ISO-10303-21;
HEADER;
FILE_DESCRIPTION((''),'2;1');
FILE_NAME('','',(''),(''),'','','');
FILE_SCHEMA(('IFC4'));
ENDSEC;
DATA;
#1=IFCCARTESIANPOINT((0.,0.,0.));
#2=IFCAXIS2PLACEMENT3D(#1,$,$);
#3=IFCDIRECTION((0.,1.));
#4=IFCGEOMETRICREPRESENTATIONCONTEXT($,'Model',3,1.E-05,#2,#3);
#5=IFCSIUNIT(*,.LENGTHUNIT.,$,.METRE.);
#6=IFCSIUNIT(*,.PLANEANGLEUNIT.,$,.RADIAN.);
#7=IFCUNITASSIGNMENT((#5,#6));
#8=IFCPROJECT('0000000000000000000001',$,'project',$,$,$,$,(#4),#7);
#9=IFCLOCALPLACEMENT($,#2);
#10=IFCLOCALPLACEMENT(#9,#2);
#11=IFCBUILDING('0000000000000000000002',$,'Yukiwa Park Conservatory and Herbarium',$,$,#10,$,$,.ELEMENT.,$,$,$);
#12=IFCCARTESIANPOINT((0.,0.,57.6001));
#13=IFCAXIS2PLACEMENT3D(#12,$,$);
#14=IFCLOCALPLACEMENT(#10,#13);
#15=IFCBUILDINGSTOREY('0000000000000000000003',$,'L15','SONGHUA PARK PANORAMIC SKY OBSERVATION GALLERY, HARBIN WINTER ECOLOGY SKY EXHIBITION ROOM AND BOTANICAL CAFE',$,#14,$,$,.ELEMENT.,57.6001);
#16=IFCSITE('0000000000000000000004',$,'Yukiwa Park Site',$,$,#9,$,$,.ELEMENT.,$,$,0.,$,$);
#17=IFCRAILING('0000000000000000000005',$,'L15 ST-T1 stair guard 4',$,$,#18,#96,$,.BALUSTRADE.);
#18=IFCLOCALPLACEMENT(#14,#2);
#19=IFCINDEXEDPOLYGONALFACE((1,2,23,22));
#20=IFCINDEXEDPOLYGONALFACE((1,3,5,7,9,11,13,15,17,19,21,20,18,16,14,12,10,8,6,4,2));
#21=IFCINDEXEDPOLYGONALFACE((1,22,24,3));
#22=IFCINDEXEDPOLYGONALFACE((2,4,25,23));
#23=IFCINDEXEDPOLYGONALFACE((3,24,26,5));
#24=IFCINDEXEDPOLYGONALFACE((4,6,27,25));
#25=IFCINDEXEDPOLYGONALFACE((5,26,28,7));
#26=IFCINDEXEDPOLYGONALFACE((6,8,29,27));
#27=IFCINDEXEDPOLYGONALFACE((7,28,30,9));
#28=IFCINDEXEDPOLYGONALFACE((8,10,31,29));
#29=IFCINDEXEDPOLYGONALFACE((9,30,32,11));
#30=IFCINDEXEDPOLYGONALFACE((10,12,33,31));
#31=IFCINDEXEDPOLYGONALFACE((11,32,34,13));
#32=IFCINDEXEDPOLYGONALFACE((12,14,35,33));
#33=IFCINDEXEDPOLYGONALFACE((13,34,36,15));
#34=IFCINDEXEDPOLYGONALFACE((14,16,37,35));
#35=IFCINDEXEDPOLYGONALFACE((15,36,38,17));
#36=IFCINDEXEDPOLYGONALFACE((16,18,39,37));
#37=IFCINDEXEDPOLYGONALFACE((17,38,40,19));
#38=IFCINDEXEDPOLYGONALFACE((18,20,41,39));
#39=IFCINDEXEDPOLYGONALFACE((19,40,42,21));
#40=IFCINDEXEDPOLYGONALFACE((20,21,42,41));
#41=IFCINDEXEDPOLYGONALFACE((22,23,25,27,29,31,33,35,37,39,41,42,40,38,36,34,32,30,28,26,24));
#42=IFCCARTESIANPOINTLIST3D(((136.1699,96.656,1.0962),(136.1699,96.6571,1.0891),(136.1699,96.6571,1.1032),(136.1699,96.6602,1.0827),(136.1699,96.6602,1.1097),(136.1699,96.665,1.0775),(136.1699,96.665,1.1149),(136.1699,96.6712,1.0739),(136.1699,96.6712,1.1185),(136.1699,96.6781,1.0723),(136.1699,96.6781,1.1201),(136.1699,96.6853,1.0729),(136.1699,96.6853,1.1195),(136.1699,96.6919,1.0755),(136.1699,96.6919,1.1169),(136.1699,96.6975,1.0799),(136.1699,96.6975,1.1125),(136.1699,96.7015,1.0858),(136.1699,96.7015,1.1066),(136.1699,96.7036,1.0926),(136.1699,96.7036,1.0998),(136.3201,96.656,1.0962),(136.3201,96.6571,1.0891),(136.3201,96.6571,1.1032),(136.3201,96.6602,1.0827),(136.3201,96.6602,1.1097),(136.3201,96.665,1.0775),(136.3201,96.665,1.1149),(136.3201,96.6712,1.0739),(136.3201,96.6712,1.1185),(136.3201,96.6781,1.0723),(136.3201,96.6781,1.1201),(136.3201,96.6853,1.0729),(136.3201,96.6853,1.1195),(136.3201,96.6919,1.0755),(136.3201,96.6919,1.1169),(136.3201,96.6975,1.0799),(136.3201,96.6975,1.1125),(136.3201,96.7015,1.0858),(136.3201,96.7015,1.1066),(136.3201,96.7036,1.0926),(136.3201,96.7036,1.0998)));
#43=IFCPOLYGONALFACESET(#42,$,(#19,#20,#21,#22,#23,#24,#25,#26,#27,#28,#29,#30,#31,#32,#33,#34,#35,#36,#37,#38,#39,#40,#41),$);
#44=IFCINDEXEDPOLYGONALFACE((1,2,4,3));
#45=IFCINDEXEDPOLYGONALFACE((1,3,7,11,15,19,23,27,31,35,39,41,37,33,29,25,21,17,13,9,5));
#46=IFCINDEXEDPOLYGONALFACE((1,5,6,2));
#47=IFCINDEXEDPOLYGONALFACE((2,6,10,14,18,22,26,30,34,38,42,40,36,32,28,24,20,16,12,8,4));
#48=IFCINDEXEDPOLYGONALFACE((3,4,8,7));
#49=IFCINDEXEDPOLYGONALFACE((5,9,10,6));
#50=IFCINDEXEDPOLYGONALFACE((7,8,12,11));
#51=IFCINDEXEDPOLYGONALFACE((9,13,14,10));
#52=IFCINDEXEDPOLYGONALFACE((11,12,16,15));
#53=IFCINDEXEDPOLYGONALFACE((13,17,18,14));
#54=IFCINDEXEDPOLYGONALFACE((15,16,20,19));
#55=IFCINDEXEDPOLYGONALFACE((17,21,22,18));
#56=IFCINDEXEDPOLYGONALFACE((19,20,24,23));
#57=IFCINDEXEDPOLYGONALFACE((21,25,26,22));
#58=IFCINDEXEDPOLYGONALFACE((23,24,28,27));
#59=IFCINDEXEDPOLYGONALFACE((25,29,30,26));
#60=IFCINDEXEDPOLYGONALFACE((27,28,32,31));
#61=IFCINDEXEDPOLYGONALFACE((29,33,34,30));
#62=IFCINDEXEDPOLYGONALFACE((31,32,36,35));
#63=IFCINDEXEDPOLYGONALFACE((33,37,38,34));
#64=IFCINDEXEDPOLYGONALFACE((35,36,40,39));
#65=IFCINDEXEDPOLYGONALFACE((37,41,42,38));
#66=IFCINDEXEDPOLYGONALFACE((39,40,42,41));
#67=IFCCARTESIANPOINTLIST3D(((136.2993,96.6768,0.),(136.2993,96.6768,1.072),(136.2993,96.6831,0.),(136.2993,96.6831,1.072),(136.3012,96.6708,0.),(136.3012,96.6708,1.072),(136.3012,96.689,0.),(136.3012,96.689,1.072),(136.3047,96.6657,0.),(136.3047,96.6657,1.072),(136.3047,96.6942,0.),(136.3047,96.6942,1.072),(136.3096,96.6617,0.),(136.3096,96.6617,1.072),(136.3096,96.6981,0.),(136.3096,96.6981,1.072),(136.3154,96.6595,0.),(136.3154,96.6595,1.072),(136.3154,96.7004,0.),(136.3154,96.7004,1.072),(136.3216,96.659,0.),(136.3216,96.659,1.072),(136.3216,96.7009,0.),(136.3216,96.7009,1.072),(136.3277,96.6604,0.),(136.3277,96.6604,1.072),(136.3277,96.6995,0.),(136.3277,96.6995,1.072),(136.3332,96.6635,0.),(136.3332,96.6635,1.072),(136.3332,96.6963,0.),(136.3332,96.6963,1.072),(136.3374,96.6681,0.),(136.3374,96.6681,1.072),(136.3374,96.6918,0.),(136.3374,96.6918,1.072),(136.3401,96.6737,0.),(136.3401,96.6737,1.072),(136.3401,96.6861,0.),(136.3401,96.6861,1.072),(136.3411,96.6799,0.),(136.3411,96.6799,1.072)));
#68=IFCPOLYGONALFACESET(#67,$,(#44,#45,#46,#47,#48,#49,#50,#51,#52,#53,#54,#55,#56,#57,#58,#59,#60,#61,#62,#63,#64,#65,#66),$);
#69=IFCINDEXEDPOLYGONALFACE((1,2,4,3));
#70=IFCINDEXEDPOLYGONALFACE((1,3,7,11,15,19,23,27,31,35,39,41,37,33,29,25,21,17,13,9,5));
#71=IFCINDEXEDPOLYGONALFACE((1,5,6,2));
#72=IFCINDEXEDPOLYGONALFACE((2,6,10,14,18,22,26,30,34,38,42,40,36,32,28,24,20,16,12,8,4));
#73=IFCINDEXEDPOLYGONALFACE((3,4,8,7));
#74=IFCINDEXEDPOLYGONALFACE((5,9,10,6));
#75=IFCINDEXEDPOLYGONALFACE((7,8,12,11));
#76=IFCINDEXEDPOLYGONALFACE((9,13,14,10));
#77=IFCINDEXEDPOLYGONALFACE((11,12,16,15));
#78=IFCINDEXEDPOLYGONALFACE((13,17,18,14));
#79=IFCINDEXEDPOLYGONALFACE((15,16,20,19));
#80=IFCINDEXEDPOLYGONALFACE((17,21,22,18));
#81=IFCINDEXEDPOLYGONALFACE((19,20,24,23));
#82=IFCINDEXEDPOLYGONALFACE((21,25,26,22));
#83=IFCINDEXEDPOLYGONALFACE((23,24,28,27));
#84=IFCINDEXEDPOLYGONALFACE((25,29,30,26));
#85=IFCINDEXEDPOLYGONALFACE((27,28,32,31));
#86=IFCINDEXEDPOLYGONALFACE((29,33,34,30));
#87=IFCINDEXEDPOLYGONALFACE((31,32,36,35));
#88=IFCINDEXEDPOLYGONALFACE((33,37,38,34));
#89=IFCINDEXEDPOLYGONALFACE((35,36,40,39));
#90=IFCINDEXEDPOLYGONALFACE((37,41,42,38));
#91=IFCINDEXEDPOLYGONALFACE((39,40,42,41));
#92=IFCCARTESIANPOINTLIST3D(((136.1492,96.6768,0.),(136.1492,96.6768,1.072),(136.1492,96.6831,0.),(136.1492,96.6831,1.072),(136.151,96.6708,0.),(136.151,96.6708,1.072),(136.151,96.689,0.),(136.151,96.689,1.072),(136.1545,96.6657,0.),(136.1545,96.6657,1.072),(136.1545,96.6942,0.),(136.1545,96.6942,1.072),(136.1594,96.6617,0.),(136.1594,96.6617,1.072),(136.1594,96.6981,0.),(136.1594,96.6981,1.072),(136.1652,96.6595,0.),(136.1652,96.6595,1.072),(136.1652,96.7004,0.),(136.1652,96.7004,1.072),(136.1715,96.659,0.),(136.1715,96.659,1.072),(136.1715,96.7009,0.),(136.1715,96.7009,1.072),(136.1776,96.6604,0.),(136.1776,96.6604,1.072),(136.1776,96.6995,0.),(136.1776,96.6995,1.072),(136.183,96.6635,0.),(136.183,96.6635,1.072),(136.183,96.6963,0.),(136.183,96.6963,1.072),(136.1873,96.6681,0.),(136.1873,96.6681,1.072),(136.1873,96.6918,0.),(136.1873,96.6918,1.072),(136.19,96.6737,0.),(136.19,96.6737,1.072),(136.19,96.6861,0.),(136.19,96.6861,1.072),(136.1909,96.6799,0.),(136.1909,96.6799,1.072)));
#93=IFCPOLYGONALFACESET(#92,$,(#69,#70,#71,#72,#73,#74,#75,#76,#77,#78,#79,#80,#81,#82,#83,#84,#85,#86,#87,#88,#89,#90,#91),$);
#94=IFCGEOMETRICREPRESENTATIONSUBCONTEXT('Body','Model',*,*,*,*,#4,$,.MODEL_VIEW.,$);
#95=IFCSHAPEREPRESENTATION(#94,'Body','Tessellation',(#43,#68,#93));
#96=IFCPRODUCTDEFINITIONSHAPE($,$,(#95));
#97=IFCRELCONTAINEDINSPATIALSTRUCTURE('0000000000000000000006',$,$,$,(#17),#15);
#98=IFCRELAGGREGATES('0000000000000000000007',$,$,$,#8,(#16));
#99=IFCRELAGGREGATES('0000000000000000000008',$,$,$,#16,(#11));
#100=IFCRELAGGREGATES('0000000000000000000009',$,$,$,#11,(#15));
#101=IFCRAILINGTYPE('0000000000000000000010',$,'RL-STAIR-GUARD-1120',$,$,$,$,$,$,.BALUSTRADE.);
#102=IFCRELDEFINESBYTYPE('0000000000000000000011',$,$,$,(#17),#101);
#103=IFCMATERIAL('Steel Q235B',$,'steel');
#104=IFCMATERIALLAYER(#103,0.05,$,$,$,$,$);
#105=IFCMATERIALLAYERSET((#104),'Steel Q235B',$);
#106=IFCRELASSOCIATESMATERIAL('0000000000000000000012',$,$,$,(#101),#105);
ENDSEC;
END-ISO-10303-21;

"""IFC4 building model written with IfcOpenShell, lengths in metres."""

from ifc_helpers import new_model, si_unit, direction, frame, origin, origin_2d, place, context, subcontext, project, spatial, circle, extrude, material, layer, layer_set, type_object, element, save


model = new_model("IFC4")

# Units and contexts
model_context = context("Model", 3, precision=1e-05, world=origin(), true_north=direction((0.0, 1.0)))
body_context = subcontext(model_context, "Body", "Model", "MODEL_VIEW")
ifc_project = project(units=[si_unit("LENGTHUNIT", "METRE"), si_unit("PLANEANGLEUNIT", "RADIAN")], contexts=[model_context])

# Site, building, storey
site_placement = place(None, origin())
site = spatial("IfcSite", under=ifc_project, at=site_placement, Name="Yukiwa Park Site", CompositionType="ELEMENT", RefElevation=0.0)
building_placement = place(site_placement, origin())
building = spatial("IfcBuilding", under=site, at=building_placement, Name="Yukiwa Park Conservatory and Herbarium", CompositionType="ELEMENT")
storey_placement = place(building_placement, frame((0.0, 0.0, 57.6001)))
storey = spatial("IfcBuildingStorey", under=building, at=storey_placement, Name="L15", Description="SONGHUA PARK PANORAMIC SKY OBSERVATION GALLERY, HARBIN WINTER ECOLOGY SKY EXHIBITION ROOM AND BOTANICAL CAFE", CompositionType="ELEMENT", Elevation=57.6001)

# Railing
ifc_material_1 = material(Name="Steel Q235B", Category="steel")
ifc_layer_1 = layer(ifc_material_1, 0.05)
ifc_layer_set_1 = layer_set([ifc_layer_1], Name="Steel Q235B")
railing_type_1 = type_object("IfcRailingType", Name="RL-STAIR-GUARD-1120", PredefinedType="BALUSTRADE", material=ifc_layer_set_1)
railing_1_placement = place(storey_placement, frame((136.3201, 96.6799, 0.0)))
element("IfcRailing", 1, at=railing_1_placement, inside=storey, type_object=railing_type_1, Name="L15 ST-T1 stair guard 4", PredefinedType="BALUSTRADE", context=body_context, shape_type="SweptSolid", body=[
    extrude(circle(Radius=0.0239, at=origin_2d()), frame((0.0, 0.0, 1.0962), z_axis=(-1.0, 0.0, 0.0), x_axis=(0.0, -1.0, 0.0)), (0.0, 0.0, 1.0), 0.1501),
    extrude(circle(Radius=0.021, at=origin_2d()), origin(), (0.0, 0.0, 1.0), 1.072),
    extrude(circle(Radius=0.021, at=origin_2d()), frame((-0.1501, 0.0, 0.0)), (0.0, 0.0, 1.0), 1.072),
])

save(model, "model.ifc")
